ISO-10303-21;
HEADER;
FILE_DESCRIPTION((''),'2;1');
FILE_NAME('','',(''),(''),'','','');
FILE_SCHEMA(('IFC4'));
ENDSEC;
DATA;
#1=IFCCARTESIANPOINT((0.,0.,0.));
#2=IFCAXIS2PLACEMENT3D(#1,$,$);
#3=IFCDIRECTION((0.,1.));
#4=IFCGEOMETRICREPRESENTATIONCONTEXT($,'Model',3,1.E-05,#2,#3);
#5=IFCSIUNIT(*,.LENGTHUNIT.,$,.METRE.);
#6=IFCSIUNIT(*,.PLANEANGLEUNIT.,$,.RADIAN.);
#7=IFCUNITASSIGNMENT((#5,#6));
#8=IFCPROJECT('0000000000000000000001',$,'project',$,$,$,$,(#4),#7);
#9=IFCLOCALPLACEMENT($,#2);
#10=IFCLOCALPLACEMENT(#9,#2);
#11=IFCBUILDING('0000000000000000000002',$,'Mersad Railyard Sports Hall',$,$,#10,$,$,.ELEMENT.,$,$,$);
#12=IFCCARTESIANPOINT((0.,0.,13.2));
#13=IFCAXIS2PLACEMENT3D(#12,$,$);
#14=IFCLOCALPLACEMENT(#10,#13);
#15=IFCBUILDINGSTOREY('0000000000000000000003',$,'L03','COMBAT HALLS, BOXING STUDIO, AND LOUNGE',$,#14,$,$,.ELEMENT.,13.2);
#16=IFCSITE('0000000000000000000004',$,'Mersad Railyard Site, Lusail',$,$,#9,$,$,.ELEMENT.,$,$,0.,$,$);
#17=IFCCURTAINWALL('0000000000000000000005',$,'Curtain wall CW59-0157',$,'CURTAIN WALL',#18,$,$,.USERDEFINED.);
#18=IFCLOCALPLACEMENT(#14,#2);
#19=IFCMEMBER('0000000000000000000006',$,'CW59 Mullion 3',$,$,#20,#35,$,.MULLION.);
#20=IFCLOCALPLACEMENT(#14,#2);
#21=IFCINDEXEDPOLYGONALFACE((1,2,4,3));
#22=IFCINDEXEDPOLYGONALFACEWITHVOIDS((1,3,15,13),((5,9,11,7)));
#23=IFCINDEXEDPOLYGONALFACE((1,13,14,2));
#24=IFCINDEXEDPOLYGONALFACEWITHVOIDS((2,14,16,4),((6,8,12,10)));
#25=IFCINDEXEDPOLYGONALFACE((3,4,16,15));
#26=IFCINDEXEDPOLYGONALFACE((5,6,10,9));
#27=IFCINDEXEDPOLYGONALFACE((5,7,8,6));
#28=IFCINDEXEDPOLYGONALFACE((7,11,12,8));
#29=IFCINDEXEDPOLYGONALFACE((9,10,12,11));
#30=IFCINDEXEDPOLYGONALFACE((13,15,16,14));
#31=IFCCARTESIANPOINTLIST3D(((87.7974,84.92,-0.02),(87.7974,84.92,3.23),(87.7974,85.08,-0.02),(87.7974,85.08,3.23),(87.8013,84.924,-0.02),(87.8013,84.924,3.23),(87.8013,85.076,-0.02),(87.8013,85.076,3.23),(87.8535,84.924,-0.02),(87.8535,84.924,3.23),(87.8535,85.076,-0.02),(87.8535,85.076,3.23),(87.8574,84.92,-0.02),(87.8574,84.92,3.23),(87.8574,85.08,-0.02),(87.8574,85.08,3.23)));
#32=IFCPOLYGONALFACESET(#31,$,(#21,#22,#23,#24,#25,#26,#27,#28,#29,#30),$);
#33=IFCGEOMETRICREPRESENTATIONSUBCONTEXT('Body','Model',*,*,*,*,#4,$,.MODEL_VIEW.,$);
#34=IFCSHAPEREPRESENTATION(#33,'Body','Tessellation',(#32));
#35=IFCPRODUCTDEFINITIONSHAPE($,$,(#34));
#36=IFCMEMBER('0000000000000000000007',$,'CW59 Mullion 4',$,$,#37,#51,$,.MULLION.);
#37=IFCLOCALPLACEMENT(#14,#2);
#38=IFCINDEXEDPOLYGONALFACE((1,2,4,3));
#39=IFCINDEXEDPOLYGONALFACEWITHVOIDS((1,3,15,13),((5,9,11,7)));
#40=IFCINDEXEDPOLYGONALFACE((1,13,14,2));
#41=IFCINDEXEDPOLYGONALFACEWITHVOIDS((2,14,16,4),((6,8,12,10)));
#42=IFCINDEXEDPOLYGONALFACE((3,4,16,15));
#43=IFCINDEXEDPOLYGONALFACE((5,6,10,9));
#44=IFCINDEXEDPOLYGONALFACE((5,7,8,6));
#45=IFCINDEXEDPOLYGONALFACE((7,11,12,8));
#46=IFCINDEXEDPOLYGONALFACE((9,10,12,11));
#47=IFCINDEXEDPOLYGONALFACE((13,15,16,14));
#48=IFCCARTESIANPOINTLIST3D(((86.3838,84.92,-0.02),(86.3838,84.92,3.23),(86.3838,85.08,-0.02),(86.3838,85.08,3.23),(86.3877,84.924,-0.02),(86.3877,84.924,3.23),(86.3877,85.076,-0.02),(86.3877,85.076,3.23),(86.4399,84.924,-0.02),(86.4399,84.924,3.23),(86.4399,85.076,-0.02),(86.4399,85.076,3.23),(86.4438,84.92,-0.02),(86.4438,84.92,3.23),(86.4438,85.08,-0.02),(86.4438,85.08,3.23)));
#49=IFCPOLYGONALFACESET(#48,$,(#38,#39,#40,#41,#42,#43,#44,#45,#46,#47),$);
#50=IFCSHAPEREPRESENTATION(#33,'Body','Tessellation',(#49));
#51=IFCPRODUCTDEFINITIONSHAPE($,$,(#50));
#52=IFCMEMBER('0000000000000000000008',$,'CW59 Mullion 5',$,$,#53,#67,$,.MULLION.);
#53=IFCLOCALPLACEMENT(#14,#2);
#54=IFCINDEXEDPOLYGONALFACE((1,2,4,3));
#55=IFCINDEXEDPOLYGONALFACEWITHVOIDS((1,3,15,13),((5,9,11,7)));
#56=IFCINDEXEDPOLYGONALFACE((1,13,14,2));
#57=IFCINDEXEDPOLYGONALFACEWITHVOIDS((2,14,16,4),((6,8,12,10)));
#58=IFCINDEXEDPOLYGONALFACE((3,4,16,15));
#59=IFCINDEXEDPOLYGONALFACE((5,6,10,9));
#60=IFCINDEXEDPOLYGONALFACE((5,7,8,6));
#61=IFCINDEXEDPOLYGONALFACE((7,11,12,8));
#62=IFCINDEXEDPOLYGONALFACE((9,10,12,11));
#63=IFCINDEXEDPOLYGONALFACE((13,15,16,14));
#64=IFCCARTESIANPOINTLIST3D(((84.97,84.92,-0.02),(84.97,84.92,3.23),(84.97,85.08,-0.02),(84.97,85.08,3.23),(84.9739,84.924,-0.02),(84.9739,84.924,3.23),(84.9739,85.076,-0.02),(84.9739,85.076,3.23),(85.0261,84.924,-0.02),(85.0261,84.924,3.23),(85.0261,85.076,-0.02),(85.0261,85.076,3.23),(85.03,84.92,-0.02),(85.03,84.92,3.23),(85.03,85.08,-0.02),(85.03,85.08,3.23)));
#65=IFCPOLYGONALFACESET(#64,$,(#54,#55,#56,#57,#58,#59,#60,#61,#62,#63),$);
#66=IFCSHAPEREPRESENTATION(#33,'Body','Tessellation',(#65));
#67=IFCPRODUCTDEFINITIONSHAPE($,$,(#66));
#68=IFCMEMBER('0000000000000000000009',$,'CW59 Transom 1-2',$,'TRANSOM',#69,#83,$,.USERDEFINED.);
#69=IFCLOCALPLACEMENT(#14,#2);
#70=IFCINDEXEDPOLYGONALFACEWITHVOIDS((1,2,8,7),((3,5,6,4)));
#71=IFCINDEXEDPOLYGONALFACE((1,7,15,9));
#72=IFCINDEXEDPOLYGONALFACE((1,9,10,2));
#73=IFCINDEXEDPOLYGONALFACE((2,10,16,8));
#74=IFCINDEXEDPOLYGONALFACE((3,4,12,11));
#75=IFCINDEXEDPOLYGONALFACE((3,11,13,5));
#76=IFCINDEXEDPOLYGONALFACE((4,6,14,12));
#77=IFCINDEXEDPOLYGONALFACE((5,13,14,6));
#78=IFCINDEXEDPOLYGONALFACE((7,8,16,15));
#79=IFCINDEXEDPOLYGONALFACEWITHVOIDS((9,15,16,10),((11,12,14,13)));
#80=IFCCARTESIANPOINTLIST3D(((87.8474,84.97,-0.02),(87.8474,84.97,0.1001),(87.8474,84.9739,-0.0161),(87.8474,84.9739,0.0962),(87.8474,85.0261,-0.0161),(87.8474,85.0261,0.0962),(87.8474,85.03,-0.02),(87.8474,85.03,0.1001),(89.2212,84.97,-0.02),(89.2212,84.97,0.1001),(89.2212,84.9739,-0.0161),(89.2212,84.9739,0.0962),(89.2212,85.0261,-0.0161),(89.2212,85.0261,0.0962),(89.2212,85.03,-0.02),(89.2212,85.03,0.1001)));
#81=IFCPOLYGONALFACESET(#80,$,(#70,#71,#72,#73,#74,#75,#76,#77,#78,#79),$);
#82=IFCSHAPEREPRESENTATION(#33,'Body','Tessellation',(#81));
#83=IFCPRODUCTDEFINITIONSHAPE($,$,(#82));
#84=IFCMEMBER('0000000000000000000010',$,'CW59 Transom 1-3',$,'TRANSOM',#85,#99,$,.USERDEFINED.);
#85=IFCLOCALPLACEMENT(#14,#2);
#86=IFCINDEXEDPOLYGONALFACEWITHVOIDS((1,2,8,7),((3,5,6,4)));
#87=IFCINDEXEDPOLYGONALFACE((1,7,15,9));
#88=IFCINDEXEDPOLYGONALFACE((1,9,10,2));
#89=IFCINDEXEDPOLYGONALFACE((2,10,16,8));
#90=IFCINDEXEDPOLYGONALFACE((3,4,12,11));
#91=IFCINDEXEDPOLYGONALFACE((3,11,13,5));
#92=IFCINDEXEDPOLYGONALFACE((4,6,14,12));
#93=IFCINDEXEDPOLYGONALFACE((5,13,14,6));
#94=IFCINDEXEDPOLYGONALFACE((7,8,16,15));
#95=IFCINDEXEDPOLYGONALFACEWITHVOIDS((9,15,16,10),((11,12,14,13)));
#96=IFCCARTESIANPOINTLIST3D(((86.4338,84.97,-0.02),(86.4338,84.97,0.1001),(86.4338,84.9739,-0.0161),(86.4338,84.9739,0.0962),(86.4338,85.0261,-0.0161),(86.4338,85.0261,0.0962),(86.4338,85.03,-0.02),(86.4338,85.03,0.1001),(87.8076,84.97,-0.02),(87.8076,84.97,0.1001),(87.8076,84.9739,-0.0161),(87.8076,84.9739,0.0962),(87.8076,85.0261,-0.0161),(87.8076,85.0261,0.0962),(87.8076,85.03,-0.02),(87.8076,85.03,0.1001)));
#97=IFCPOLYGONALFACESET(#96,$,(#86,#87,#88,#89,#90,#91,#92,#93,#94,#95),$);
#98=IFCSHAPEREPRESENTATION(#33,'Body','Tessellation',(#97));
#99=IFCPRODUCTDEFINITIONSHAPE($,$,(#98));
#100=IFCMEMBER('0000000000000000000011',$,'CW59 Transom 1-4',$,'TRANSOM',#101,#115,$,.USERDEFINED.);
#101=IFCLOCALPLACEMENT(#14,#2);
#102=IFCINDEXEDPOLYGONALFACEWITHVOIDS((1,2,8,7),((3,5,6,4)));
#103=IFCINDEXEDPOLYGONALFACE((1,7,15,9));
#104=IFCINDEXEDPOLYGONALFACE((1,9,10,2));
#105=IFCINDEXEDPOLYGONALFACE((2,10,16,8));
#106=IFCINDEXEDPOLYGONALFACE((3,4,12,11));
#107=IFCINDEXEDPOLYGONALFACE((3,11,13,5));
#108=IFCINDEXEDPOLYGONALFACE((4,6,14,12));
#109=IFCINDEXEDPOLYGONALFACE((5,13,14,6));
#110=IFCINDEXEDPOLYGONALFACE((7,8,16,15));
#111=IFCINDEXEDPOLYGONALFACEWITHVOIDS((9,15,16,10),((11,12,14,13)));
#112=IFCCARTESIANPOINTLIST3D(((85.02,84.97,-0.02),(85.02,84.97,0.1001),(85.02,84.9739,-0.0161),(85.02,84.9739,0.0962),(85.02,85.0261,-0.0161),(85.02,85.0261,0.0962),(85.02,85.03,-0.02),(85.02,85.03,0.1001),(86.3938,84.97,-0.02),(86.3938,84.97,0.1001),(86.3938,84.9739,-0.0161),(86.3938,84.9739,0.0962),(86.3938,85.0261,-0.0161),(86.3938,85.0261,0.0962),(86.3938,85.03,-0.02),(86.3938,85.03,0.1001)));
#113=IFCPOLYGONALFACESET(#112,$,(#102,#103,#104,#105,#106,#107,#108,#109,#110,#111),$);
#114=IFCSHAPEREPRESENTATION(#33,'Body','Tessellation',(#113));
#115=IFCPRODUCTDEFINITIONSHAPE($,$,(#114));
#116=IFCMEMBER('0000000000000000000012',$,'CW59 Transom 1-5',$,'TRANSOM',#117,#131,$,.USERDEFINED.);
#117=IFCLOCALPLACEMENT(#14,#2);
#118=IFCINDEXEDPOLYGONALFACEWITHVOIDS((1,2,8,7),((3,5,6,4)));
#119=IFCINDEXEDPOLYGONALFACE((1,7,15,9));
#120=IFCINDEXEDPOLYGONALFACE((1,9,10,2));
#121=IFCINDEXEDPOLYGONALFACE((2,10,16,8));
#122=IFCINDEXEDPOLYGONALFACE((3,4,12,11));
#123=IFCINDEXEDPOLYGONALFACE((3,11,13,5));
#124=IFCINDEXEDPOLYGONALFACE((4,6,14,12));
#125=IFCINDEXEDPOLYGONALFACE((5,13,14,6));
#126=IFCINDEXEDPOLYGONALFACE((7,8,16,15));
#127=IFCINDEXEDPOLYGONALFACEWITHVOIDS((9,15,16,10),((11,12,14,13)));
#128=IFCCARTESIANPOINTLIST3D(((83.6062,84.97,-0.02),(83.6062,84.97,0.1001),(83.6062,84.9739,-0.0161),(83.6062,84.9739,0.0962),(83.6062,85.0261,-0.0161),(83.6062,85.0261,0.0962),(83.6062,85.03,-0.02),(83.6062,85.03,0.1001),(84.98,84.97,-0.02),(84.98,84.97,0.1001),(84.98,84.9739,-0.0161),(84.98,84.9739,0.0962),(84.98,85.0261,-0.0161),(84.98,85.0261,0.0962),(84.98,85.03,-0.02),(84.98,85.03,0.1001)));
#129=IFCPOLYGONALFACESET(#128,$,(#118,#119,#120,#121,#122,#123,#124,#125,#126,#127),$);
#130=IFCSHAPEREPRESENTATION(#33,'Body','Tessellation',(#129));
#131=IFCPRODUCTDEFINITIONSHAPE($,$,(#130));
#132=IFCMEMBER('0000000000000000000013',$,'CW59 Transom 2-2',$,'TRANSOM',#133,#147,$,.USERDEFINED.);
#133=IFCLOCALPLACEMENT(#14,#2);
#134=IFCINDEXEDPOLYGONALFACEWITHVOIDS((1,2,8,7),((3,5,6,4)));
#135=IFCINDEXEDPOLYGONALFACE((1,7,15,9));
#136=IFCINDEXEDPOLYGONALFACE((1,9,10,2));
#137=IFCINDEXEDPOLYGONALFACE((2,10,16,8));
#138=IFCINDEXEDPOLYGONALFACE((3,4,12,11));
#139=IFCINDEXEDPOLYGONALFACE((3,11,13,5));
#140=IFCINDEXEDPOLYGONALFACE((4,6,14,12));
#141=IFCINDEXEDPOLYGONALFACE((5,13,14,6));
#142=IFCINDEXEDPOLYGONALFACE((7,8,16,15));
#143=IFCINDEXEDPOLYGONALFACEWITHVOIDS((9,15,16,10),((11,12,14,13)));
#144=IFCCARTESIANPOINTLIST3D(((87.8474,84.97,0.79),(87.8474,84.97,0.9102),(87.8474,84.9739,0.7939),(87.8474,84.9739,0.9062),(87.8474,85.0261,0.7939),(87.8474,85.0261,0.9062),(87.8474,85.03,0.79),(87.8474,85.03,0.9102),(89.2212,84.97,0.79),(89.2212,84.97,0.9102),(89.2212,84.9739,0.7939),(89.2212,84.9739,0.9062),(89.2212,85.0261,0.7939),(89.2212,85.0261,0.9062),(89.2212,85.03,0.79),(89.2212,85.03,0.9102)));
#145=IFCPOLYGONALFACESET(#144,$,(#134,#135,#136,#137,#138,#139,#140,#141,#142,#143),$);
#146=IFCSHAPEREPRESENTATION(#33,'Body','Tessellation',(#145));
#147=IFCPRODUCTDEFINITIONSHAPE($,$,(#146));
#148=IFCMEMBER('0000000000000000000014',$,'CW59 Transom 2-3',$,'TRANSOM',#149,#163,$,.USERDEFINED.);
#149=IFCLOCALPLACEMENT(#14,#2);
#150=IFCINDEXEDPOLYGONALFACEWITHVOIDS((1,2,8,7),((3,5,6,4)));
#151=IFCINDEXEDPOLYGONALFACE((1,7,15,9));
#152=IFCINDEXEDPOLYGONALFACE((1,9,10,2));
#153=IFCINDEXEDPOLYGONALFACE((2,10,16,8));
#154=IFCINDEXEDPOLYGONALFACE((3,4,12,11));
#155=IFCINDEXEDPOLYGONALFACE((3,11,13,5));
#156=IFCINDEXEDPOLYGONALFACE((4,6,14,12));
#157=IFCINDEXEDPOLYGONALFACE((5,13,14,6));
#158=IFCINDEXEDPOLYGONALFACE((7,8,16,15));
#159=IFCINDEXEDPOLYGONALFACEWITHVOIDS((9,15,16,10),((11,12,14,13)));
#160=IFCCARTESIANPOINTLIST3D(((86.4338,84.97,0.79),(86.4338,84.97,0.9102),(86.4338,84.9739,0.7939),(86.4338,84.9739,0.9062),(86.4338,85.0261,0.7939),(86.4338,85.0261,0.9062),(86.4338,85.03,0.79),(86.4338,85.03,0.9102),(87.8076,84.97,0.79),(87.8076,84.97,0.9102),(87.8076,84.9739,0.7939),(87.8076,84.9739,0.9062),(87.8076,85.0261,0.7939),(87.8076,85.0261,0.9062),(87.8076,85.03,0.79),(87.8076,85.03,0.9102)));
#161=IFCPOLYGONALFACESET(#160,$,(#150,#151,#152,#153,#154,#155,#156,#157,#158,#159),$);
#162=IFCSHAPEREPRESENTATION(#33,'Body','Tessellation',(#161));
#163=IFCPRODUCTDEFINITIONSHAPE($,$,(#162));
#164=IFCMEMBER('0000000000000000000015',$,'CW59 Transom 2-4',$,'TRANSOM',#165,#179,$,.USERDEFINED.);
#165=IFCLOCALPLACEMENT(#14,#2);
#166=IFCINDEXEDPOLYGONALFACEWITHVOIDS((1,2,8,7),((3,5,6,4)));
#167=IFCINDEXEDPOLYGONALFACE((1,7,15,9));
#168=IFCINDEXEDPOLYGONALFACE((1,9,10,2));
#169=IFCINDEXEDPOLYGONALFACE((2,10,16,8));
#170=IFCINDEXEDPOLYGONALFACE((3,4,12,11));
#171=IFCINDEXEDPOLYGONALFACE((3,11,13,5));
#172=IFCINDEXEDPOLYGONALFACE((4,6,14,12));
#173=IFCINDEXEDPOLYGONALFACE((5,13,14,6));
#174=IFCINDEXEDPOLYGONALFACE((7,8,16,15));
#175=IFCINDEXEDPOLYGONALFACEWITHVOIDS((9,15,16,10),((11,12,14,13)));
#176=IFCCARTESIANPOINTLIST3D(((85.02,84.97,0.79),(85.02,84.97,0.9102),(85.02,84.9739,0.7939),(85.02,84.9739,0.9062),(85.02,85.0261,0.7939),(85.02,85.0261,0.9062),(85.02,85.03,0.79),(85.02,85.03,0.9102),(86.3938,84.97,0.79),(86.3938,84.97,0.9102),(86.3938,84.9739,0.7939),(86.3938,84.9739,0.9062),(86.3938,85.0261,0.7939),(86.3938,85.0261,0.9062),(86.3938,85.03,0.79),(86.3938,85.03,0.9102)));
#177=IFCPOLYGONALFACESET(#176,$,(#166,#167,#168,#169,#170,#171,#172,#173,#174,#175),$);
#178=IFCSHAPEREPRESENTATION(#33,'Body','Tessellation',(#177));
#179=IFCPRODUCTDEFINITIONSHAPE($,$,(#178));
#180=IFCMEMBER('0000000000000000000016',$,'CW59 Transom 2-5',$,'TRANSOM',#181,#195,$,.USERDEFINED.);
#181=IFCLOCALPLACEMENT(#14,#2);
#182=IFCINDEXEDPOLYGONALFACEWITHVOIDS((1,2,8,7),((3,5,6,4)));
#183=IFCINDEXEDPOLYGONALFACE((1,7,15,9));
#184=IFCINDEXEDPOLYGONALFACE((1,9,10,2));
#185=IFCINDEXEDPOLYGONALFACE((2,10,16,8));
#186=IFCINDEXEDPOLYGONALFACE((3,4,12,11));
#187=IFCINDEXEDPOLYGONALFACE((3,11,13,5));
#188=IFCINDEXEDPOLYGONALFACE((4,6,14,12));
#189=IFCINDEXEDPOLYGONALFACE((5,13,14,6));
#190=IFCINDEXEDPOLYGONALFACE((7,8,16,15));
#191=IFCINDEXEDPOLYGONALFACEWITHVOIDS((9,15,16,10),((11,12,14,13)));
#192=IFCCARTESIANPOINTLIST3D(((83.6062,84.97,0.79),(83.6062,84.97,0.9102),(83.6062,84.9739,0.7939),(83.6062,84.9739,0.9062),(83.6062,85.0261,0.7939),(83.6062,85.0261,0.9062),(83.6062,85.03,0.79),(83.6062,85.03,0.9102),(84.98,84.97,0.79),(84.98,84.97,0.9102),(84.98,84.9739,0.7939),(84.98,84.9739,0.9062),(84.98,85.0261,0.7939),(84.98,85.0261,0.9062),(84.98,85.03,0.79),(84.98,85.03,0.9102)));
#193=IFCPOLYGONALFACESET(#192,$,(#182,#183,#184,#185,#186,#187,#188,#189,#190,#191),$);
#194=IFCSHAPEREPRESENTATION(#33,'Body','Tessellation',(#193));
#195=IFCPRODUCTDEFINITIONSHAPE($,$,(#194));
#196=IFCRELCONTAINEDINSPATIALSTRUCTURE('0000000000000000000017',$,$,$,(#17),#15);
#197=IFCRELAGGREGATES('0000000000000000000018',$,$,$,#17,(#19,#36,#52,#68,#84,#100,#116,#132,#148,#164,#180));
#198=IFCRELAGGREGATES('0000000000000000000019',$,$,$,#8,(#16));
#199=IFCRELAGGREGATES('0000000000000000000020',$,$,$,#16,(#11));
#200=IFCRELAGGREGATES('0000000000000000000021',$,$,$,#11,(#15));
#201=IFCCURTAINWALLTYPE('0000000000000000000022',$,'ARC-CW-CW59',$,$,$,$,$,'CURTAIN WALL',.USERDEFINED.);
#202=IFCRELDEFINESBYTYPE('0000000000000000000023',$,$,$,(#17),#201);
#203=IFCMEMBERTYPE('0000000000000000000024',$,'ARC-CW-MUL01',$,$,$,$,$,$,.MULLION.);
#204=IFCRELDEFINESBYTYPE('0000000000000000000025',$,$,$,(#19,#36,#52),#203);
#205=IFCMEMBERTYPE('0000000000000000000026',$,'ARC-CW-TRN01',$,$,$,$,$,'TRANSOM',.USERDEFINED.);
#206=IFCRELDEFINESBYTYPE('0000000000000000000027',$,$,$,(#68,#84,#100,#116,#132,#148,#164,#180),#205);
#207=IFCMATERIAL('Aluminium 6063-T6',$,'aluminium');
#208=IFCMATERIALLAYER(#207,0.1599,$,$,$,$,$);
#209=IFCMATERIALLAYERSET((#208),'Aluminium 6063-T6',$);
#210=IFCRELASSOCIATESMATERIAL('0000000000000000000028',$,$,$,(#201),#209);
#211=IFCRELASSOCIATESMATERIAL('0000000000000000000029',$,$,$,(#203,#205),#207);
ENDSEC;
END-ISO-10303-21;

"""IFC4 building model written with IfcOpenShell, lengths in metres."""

from ifc_helpers import new_model, si_unit, direction, frame, origin, origin_2d, place, context, subcontext, project, spatial, hollow_rectangle, extrude, material, layer, layer_set, material_profile, profile_set, type_object, element, aggregate, save


model = new_model("IFC4")

# Units and contexts
model_context = context("Model", 3, precision=1e-05, world=origin(), true_north=direction((0.0, 1.0)))
body_context = subcontext(model_context, "Body", "Model", "MODEL_VIEW")
ifc_project = project(units=[si_unit("LENGTHUNIT", "METRE"), si_unit("PLANEANGLEUNIT", "RADIAN")], contexts=[model_context])

# Site, building, storey
site_placement = place(None, origin())
site = spatial("IfcSite", under=ifc_project, at=site_placement, Name="Mersad Railyard Site, Lusail", CompositionType="ELEMENT", RefElevation=0.0)
building_placement = place(site_placement, origin())
building = spatial("IfcBuilding", under=site, at=building_placement, Name="Mersad Railyard Sports Hall", CompositionType="ELEMENT")
storey_placement = place(building_placement, frame((0.0, 0.0, 13.2)))
storey = spatial("IfcBuildingStorey", under=building, at=storey_placement, Name="L03", Description="COMBAT HALLS, BOXING STUDIO, AND LOUNGE", CompositionType="ELEMENT", Elevation=13.2)

# Curtain wall, members
ifc_material_1 = material(Name="Aluminium 6063-T6", Category="aluminium")
ifc_layer_1 = layer(ifc_material_1, 0.1599)
ifc_layer_set_1 = layer_set([ifc_layer_1], Name="Aluminium 6063-T6")
curtain_wall_type = type_object("IfcCurtainWallType", Name="ARC-CW-CW59", ElementType="CURTAIN WALL", PredefinedType="USERDEFINED", material=ifc_layer_set_1)
curtain_wall_placement = place(storey_placement, origin())
curtain_wall = element("IfcCurtainWall", 1, at=curtain_wall_placement, inside=storey, type_object=curtain_wall_type, Name="Curtain wall CW59-0157", ObjectType="CURTAIN WALL", PredefinedType="USERDEFINED")
ifc_material_profile_1 = material_profile(ifc_material_1, hollow_rectangle(XDim=0.0601, YDim=0.1599, WallThickness=0.0039, at=origin_2d()), Name="AL MULLION 60x160x4")
ifc_profile_set_1 = profile_set([ifc_material_profile_1], Name="Aluminium 6063-T6")
member_type_1 = type_object("IfcMemberType", Name="ARC-CW-MUL01", PredefinedType="MULLION", material=ifc_profile_set_1)
member_1_placement = place(storey_placement, frame((87.8274, 85.0, -0.02), z_axis=(0.0, 0.0, 1.0), x_axis=(1.0, 0.0, 0.0)))
member_1 = element("IfcMember", 2, at=member_1_placement, type_object=member_type_1, Name="CW59 Mullion 3", PredefinedType="MULLION", context=body_context, shape_type="SweptSolid", body=[
    extrude(hollow_rectangle(XDim=0.0601, YDim=0.1599, WallThickness=0.0039, at=origin_2d()), origin(), (0.0, 0.0, 1.0), 3.25),
])
member_2_placement = place(storey_placement, frame((86.4138, 85.0, -0.02), z_axis=(0.0, 0.0, 1.0), x_axis=(1.0, 0.0, 0.0)))
member_2 = element("IfcMember", 3, at=member_2_placement, type_object=member_type_1, Name="CW59 Mullion 4", PredefinedType="MULLION", context=body_context, shape_type="SweptSolid", body=[
    extrude(hollow_rectangle(XDim=0.0601, YDim=0.1599, WallThickness=0.0039, at=origin_2d()), origin(), (0.0, 0.0, 1.0), 3.25),
])
member_3_placement = place(storey_placement, frame((85.0, 85.0, -0.02), z_axis=(0.0, 0.0, 1.0), x_axis=(1.0, 0.0, 0.0)))
member_3 = element("IfcMember", 4, at=member_3_placement, type_object=member_type_1, Name="CW59 Mullion 5", PredefinedType="MULLION", context=body_context, shape_type="SweptSolid", body=[
    extrude(hollow_rectangle(XDim=0.0601, YDim=0.1599, WallThickness=0.0039, at=origin_2d()), origin(), (0.0, 0.0, 1.0), 3.25),
])
ifc_material_profile_2 = material_profile(ifc_material_1, hollow_rectangle(XDim=0.0601, YDim=0.1201, WallThickness=0.0039, at=origin_2d()), Name="AL TRANSOM 60x120x4")
ifc_profile_set_2 = profile_set([ifc_material_profile_2], Name="Aluminium 6063-T6")
member_type_2 = type_object("IfcMemberType", Name="ARC-CW-TRN01", ElementType="TRANSOM", PredefinedType="USERDEFINED", material=ifc_profile_set_2)
member_4_placement = place(storey_placement, frame((89.2212, 85.0, 0.04), z_axis=(-1.0, 0.0, 0.0), x_axis=(0.0, -1.0, 0.0)))
member_4 = element("IfcMember", 5, at=member_4_placement, type_object=member_type_2, Name="CW59 Transom 1-2", ObjectType="TRANSOM", PredefinedType="USERDEFINED", context=body_context, shape_type="SweptSolid", body=[
    extrude(hollow_rectangle(XDim=0.0601, YDim=0.1201, WallThickness=0.0039, at=origin_2d()), origin(), (0.0, 0.0, 1.0), 1.3738),
])
member_5_placement = place(storey_placement, frame((87.8076, 85.0, 0.04), z_axis=(-1.0, 0.0, 0.0), x_axis=(0.0, -1.0, 0.0)))
member_5 = element("IfcMember", 6, at=member_5_placement, type_object=member_type_2, Name="CW59 Transom 1-3", ObjectType="TRANSOM", PredefinedType="USERDEFINED", context=body_context, shape_type="SweptSolid", body=[
    extrude(hollow_rectangle(XDim=0.0601, YDim=0.1201, WallThickness=0.0039, at=origin_2d()), origin(), (0.0, 0.0, 1.0), 1.3738),
])
member_6_placement = place(storey_placement, frame((86.3938, 85.0, 0.04), z_axis=(-1.0, 0.0, 0.0), x_axis=(0.0, -1.0, 0.0)))
member_6 = element("IfcMember", 7, at=member_6_placement, type_object=member_type_2, Name="CW59 Transom 1-4", ObjectType="TRANSOM", PredefinedType="USERDEFINED", context=body_context, shape_type="SweptSolid", body=[
    extrude(hollow_rectangle(XDim=0.0601, YDim=0.1201, WallThickness=0.0039, at=origin_2d()), origin(), (0.0, 0.0, 1.0), 1.3738),
])
member_7_placement = place(storey_placement, frame((84.98, 85.0, 0.04), z_axis=(-1.0, 0.0, 0.0), x_axis=(0.0, -1.0, 0.0)))
member_7 = element("IfcMember", 8, at=member_7_placement, type_object=member_type_2, Name="CW59 Transom 1-5", ObjectType="TRANSOM", PredefinedType="USERDEFINED", context=body_context, shape_type="SweptSolid", body=[
    extrude(hollow_rectangle(XDim=0.0601, YDim=0.1201, WallThickness=0.0039, at=origin_2d()), origin(), (0.0, 0.0, 1.0), 1.3738),
])
member_8_placement = place(storey_placement, frame((89.2212, 85.0, 0.8501), z_axis=(-1.0, 0.0, 0.0), x_axis=(0.0, -1.0, 0.0)))
member_8 = element("IfcMember", 9, at=member_8_placement, type_object=member_type_2, Name="CW59 Transom 2-2", ObjectType="TRANSOM", PredefinedType="USERDEFINED", context=body_context, shape_type="SweptSolid", body=[
    extrude(hollow_rectangle(XDim=0.0601, YDim=0.1201, WallThickness=0.0039, at=origin_2d()), origin(), (0.0, 0.0, 1.0), 1.3738),
])
member_9_placement = place(storey_placement, frame((87.8076, 85.0, 0.8501), z_axis=(-1.0, 0.0, 0.0), x_axis=(0.0, -1.0, 0.0)))
member_9 = element("IfcMember", 10, at=member_9_placement, type_object=member_type_2, Name="CW59 Transom 2-3", ObjectType="TRANSOM", PredefinedType="USERDEFINED", context=body_context, shape_type="SweptSolid", body=[
    extrude(hollow_rectangle(XDim=0.0601, YDim=0.1201, WallThickness=0.0039, at=origin_2d()), origin(), (0.0, 0.0, 1.0), 1.3738),
])
member_10_placement = place(storey_placement, frame((86.3938, 85.0, 0.8501), z_axis=(-1.0, 0.0, 0.0), x_axis=(0.0, -1.0, 0.0)))
member_10 = element("IfcMember", 11, at=member_10_placement, type_object=member_type_2, Name="CW59 Transom 2-4", ObjectType="TRANSOM", PredefinedType="USERDEFINED", context=body_context, shape_type="SweptSolid", body=[
    extrude(hollow_rectangle(XDim=0.0601, YDim=0.1201, WallThickness=0.0039, at=origin_2d()), origin(), (0.0, 0.0, 1.0), 1.3738),
])
member_11_placement = place(storey_placement, frame((84.98, 85.0, 0.8501), z_axis=(-1.0, 0.0, 0.0), x_axis=(0.0, -1.0, 0.0)))
member_11 = element("IfcMember", 12, at=member_11_placement, type_object=member_type_2, Name="CW59 Transom 2-5", ObjectType="TRANSOM", PredefinedType="USERDEFINED", context=body_context, shape_type="SweptSolid", body=[
    extrude(hollow_rectangle(XDim=0.0601, YDim=0.1201, WallThickness=0.0039, at=origin_2d()), origin(), (0.0, 0.0, 1.0), 1.3738),
])
aggregate(curtain_wall, [member_1, member_2, member_3, member_4, member_5, member_6, member_7, member_8, member_9, member_10, member_11])

save(model, "model.ifc")
